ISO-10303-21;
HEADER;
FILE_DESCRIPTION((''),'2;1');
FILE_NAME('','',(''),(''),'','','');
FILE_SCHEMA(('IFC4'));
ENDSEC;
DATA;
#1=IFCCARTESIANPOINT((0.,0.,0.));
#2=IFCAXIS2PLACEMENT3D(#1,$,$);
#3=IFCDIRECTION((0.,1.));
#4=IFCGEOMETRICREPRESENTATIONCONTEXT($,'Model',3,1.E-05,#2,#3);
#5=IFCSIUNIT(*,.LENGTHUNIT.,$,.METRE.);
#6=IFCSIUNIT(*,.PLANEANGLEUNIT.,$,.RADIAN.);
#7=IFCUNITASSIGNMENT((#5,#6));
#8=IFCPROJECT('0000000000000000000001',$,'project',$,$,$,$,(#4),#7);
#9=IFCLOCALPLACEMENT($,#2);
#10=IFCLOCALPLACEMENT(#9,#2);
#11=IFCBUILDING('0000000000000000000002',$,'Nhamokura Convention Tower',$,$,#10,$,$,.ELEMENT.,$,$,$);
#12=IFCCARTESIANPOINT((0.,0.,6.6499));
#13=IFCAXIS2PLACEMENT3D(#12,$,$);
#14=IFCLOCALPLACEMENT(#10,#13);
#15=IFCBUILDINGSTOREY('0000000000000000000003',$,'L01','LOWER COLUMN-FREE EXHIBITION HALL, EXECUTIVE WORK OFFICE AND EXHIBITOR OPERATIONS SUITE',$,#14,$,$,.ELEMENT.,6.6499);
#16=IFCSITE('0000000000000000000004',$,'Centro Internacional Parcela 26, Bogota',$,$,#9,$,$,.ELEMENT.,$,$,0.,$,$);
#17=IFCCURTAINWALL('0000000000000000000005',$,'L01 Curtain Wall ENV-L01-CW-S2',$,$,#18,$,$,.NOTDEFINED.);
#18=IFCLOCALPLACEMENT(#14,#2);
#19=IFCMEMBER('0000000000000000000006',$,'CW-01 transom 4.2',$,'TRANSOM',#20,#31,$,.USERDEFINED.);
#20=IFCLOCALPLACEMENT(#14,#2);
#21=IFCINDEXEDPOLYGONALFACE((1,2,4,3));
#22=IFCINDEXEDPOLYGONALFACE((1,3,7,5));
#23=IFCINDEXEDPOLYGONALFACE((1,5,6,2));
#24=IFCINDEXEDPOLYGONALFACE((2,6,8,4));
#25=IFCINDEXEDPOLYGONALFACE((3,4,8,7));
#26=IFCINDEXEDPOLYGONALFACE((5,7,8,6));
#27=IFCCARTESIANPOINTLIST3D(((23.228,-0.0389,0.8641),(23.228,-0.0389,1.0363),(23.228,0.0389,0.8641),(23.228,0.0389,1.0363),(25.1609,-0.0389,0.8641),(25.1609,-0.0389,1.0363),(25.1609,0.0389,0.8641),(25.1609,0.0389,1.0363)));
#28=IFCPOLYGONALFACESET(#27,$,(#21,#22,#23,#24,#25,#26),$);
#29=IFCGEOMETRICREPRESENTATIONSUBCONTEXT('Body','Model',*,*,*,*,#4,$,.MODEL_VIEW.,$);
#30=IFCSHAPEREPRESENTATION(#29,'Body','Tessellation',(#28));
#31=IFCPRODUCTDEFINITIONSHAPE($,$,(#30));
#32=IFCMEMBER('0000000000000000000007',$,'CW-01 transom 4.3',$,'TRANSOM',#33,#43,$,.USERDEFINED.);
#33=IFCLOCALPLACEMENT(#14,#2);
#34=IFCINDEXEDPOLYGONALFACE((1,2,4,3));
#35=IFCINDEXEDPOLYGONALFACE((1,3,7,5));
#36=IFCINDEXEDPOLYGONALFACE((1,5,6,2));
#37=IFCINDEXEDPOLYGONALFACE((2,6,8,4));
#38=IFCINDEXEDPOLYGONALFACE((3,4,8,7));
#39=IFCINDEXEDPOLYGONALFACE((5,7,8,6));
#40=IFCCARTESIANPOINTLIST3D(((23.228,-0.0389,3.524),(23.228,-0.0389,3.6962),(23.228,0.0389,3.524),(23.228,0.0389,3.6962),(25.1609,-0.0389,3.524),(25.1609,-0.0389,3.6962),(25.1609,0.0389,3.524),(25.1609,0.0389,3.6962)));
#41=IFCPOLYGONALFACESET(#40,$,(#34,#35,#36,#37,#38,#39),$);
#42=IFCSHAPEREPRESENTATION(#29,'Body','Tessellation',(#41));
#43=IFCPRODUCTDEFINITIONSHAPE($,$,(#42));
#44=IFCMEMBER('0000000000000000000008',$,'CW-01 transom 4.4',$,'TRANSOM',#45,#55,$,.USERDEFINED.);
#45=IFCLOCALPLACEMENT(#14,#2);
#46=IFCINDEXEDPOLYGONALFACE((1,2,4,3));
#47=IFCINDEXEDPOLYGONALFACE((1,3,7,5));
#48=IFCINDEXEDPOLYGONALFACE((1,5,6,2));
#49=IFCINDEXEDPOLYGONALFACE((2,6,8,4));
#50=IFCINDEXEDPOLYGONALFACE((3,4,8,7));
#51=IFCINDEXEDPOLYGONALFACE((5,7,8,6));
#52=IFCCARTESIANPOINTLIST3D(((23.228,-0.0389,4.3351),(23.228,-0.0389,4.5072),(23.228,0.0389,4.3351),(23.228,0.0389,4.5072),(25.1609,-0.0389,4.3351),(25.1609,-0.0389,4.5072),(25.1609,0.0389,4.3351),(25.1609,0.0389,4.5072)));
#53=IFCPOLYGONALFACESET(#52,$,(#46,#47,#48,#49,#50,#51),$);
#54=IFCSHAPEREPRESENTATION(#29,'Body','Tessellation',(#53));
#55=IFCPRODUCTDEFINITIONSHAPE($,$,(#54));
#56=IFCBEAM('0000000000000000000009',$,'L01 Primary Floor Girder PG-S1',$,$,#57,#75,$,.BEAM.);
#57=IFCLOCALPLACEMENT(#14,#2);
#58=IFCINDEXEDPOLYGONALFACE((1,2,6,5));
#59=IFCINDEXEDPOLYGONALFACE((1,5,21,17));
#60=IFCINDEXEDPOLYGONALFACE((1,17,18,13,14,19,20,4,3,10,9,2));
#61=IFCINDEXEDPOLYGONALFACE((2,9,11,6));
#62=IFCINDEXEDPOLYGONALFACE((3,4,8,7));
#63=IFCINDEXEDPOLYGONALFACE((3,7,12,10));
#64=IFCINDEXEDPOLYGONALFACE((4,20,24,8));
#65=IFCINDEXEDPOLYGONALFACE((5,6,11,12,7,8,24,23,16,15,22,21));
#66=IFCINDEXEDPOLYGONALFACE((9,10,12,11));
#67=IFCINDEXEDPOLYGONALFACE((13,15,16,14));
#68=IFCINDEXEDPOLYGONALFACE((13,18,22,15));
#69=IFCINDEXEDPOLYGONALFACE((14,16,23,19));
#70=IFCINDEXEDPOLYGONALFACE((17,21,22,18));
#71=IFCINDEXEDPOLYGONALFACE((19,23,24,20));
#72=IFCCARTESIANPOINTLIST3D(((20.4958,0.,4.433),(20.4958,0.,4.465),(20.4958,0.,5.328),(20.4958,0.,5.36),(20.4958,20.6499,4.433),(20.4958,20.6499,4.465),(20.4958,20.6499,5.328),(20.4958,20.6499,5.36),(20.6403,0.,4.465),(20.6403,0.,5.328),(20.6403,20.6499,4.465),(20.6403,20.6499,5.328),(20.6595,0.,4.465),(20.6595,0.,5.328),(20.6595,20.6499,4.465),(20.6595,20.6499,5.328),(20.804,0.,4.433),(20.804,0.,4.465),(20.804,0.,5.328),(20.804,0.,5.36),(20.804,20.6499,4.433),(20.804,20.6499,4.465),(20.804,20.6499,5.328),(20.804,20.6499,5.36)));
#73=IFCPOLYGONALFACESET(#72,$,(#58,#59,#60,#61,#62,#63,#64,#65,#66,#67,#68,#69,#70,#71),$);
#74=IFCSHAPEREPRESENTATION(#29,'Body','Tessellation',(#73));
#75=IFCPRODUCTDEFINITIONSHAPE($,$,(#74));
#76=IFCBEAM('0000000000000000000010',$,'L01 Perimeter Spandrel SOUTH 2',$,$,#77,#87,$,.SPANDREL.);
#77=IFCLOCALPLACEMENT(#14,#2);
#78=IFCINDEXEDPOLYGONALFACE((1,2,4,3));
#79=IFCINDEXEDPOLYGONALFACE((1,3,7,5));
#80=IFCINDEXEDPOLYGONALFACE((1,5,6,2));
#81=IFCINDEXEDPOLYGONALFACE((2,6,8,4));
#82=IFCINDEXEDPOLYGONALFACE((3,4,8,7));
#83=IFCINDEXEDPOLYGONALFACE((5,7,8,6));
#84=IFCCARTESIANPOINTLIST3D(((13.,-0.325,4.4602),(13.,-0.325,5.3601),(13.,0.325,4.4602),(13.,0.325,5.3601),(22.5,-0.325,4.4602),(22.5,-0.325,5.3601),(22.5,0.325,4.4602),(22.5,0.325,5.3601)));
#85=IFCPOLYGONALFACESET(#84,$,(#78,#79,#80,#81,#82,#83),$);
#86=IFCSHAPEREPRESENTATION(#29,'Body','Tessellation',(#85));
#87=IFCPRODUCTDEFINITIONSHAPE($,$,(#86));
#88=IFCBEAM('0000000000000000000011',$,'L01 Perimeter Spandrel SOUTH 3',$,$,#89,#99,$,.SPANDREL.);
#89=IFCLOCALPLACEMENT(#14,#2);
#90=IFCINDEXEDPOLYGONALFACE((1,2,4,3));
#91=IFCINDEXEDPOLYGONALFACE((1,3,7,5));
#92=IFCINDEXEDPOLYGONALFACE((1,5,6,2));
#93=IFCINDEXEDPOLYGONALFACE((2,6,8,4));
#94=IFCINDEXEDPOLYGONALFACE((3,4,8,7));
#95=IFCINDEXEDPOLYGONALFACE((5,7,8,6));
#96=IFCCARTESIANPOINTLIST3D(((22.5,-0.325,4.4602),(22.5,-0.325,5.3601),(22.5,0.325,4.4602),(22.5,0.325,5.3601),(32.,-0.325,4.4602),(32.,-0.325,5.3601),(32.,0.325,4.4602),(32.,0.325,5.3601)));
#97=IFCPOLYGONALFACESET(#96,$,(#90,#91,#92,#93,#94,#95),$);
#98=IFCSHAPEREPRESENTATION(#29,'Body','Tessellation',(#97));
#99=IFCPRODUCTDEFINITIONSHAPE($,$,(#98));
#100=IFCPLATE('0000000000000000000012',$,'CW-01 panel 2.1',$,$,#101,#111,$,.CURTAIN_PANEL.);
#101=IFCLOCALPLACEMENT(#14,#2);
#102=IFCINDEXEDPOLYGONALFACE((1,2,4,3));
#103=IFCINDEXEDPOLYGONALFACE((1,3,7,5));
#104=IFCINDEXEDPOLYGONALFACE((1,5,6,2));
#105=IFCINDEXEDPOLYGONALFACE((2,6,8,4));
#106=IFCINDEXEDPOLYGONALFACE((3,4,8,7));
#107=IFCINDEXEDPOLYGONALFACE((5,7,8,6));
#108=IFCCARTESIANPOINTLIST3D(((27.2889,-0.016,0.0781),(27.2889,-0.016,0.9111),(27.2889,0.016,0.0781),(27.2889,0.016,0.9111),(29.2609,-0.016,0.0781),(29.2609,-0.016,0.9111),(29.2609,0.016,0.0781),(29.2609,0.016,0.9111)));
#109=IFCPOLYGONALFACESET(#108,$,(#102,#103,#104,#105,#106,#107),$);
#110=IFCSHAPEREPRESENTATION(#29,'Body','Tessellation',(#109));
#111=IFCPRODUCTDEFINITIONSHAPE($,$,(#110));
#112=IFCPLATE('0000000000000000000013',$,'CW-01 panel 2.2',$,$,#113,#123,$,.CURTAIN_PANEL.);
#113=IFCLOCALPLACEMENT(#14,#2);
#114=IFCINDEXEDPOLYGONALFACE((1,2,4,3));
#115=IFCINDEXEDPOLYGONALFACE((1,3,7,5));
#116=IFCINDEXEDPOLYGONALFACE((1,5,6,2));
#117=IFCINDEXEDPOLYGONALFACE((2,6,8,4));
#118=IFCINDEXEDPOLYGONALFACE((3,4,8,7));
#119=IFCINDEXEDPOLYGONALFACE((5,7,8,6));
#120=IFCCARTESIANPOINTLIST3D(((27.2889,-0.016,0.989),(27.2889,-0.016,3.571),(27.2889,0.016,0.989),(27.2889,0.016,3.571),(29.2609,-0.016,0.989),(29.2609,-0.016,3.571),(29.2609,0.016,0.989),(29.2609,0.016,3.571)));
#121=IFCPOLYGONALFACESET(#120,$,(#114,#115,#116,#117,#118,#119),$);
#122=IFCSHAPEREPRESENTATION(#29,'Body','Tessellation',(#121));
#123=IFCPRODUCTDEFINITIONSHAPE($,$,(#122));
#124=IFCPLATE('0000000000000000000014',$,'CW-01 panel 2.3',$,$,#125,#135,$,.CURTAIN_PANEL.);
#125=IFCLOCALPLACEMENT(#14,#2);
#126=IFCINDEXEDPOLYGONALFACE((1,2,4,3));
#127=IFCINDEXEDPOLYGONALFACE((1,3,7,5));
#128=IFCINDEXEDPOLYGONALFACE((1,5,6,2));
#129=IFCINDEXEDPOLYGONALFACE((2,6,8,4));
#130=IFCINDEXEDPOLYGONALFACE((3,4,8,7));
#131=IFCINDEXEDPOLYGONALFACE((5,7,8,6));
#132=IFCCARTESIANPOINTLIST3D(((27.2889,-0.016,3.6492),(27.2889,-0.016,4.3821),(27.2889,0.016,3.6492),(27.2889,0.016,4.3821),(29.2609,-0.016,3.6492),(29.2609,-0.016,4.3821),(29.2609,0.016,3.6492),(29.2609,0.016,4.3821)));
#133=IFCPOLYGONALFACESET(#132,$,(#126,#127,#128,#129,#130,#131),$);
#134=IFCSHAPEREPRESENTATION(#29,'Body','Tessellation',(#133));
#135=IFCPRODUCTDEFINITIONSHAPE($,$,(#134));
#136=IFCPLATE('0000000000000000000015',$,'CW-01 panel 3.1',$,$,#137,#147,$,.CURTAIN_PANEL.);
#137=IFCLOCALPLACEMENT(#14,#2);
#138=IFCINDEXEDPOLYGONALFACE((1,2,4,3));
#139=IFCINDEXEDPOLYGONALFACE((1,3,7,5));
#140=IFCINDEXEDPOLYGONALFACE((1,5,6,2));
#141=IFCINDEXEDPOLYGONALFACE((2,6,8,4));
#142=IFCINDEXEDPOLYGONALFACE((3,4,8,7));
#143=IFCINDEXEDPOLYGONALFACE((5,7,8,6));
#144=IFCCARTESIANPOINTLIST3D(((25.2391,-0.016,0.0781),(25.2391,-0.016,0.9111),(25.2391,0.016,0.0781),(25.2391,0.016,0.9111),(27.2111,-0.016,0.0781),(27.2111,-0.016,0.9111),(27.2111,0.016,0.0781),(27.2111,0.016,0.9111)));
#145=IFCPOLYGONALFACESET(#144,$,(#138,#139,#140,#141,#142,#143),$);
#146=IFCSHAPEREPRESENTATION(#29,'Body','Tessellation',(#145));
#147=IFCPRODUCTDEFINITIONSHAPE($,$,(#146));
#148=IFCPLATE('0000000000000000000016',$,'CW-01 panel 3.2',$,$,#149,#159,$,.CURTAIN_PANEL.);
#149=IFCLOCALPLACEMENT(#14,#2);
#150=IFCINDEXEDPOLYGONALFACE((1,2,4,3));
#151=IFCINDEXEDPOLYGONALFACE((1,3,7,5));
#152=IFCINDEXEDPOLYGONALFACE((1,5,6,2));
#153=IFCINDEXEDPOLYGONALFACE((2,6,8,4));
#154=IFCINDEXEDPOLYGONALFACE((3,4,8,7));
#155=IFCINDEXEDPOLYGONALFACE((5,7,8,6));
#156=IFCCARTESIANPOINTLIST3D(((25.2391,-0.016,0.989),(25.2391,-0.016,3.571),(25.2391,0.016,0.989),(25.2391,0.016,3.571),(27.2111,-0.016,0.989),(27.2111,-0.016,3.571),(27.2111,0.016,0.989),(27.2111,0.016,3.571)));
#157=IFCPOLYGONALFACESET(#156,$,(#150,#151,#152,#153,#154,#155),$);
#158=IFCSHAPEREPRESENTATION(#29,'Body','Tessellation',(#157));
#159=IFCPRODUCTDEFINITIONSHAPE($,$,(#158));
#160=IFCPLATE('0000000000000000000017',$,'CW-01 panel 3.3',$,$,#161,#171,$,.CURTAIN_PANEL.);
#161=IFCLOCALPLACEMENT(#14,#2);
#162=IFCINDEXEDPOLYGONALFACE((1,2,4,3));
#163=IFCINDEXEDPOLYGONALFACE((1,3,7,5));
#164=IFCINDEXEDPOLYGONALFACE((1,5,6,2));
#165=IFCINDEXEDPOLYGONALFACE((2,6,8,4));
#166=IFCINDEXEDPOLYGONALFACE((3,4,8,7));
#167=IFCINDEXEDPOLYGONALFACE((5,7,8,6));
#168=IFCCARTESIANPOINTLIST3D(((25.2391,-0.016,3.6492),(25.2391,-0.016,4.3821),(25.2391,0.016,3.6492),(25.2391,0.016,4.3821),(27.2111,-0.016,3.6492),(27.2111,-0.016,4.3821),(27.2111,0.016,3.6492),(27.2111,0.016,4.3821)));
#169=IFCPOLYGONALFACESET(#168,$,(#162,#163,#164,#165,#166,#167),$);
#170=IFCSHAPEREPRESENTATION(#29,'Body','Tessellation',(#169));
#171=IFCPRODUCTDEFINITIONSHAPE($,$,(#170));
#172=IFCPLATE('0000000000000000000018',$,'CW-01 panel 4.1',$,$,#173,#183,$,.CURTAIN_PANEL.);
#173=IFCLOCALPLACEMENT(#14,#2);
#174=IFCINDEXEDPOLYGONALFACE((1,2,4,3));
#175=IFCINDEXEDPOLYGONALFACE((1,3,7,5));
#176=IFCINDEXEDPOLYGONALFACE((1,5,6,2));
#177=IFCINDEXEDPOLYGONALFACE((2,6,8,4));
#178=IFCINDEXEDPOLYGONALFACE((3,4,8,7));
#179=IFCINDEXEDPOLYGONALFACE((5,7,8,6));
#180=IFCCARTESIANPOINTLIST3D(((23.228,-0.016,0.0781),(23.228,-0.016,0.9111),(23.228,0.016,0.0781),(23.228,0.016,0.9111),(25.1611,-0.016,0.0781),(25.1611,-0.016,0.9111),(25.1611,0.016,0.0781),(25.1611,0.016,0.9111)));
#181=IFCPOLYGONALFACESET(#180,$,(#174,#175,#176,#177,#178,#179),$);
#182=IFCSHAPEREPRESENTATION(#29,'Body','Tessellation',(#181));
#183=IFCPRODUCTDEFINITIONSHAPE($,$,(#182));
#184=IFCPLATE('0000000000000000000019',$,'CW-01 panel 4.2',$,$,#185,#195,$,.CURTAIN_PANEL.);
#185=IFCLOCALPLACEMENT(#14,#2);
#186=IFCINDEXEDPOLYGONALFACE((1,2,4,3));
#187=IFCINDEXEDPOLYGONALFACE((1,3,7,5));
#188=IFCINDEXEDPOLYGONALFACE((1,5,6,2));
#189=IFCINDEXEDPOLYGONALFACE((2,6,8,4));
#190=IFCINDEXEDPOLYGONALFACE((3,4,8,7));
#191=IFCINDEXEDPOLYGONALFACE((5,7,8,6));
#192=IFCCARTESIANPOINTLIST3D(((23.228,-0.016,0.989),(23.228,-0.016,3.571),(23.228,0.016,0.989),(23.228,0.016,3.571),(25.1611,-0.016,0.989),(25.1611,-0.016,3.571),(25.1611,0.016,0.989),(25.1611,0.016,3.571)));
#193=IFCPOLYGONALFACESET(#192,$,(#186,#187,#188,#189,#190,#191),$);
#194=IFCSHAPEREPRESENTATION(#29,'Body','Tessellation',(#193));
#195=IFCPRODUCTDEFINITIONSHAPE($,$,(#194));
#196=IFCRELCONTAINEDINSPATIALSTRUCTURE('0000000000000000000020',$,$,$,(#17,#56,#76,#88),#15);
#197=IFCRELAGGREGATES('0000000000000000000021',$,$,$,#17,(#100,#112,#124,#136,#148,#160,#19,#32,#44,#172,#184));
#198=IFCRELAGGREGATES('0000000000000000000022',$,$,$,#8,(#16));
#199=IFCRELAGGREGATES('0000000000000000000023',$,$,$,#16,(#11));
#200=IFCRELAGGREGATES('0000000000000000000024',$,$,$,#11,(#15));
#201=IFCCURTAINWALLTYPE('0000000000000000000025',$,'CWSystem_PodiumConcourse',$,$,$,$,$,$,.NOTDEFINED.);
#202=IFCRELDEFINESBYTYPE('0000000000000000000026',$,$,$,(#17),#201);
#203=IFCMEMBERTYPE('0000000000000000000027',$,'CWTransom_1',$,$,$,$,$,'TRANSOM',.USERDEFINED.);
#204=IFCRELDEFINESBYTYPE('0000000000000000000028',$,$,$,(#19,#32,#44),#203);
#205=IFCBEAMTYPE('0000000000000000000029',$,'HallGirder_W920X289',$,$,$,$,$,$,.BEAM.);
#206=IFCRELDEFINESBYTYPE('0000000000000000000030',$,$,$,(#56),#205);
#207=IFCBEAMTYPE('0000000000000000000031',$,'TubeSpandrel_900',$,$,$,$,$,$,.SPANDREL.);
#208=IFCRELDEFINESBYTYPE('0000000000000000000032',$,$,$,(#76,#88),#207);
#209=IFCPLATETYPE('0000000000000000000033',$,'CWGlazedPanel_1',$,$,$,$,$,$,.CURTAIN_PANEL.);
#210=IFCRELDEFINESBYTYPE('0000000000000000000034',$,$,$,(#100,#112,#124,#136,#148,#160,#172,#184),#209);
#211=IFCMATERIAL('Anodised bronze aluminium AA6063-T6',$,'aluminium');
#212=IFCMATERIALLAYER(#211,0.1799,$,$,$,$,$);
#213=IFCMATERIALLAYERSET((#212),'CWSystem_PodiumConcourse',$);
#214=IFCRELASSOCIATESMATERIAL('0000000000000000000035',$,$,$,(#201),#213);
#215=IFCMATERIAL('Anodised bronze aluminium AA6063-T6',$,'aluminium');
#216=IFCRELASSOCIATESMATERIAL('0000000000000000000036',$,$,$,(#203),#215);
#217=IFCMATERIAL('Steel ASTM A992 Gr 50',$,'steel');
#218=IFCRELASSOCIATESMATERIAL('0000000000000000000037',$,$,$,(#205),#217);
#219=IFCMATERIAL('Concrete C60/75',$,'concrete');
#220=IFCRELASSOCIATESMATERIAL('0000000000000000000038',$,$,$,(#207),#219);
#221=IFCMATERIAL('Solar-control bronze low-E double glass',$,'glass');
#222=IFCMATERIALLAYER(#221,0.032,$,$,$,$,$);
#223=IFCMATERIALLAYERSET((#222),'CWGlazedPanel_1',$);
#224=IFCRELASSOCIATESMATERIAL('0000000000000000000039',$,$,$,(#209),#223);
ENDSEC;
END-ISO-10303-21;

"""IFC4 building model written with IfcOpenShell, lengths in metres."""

from ifc_helpers import new_model, si_unit, direction, frame, origin, origin_2d, place, context, subcontext, project, spatial, rectangle, i_section, extrude, material, layer, layer_set, material_profile, profile_set, type_object, element, aggregate, save


model = new_model("IFC4")

# Units and contexts
model_context = context("Model", 3, precision=1e-05, world=origin(), true_north=direction((0.0, 1.0)))
body_context = subcontext(model_context, "Body", "Model", "MODEL_VIEW")
ifc_project = project(units=[si_unit("LENGTHUNIT", "METRE"), si_unit("PLANEANGLEUNIT", "RADIAN")], contexts=[model_context])

# Site, building, storey
site_placement = place(None, origin())
site = spatial("IfcSite", under=ifc_project, at=site_placement, Name="Centro Internacional Parcela 26, Bogota", CompositionType="ELEMENT", RefElevation=0.0)
building_placement = place(site_placement, origin())
building = spatial("IfcBuilding", under=site, at=building_placement, Name="Nhamokura Convention Tower", CompositionType="ELEMENT")
storey_placement = place(building_placement, frame((0.0, 0.0, 6.6499)))
storey = spatial("IfcBuildingStorey", under=building, at=storey_placement, Name="L01", Description="LOWER COLUMN-FREE EXHIBITION HALL, EXECUTIVE WORK OFFICE AND EXHIBITOR OPERATIONS SUITE", CompositionType="ELEMENT", Elevation=6.6499)

# Curtain wall, members
ifc_material_1 = material(Name="Anodised bronze aluminium AA6063-T6", Category="aluminium")
ifc_layer_1 = layer(ifc_material_1, 0.1799)
ifc_layer_set_1 = layer_set([ifc_layer_1], Name="CWSystem_PodiumConcourse")
curtain_wall_type = type_object("IfcCurtainWallType", Name="CWSystem_PodiumConcourse", PredefinedType="NOTDEFINED", material=ifc_layer_set_1)
curtain_wall_placement = place(storey_placement, origin())
curtain_wall = element("IfcCurtainWall", 1, at=curtain_wall_placement, inside=storey, type_object=curtain_wall_type, Name="L01 Curtain Wall ENV-L01-CW-S2", PredefinedType="NOTDEFINED")
ifc_material_2 = material(Name="Anodised bronze aluminium AA6063-T6", Category="aluminium")
ifc_material_profile_1 = material_profile(ifc_material_2, rectangle(XDim=0.0779, YDim=0.1721, at=origin_2d()))
ifc_profile_set_1 = profile_set([ifc_material_profile_1], Name="Anodised bronze aluminium AA6063-T6")
member_type_1 = type_object("IfcMemberType", Name="CWTransom_1", ElementType="TRANSOM", PredefinedType="USERDEFINED", material=ifc_profile_set_1)
member_1_placement = place(storey_placement, frame((25.1609, 0.0, 0.9502), z_axis=(-1.0, 0.0, 0.0), x_axis=(0.0, -1.0, 0.0)))
member_1 = element("IfcMember", 2, at=member_1_placement, type_object=member_type_1, Name="CW-01 transom 4.2", ObjectType="TRANSOM", PredefinedType="USERDEFINED", context=body_context, shape_type="SweptSolid", body=[
    extrude(rectangle(XDim=0.0779, YDim=0.1721, at=origin_2d()), origin(), (0.0, 0.0, 1.0), 1.9329),
])
member_2_placement = place(storey_placement, frame((25.1609, 0.0, 3.6101), z_axis=(-1.0, 0.0, 0.0), x_axis=(0.0, -1.0, 0.0)))
member_2 = element("IfcMember", 3, at=member_2_placement, type_object=member_type_1, Name="CW-01 transom 4.3", ObjectType="TRANSOM", PredefinedType="USERDEFINED", context=body_context, shape_type="SweptSolid", body=[
    extrude(rectangle(XDim=0.0779, YDim=0.1721, at=origin_2d()), origin(), (0.0, 0.0, 1.0), 1.9329),
])
member_3_placement = place(storey_placement, frame((25.1609, 0.0, 4.4211), z_axis=(-1.0, 0.0, 0.0), x_axis=(0.0, -1.0, 0.0)))
member_3 = element("IfcMember", 4, at=member_3_placement, type_object=member_type_1, Name="CW-01 transom 4.4", ObjectType="TRANSOM", PredefinedType="USERDEFINED", context=body_context, shape_type="SweptSolid", body=[
    extrude(rectangle(XDim=0.0779, YDim=0.1721, at=origin_2d()), origin(), (0.0, 0.0, 1.0), 1.9329),
])

# Beams
ifc_material_3 = material(Name="Steel ASTM A992 Gr 50", Category="steel")
ifc_material_profile_2 = material_profile(ifc_material_3, i_section(OverallWidth=0.3081, OverallDepth=0.927, WebThickness=0.0193, FlangeThickness=0.032, at=origin_2d()))
ifc_profile_set_2 = profile_set([ifc_material_profile_2], Name="Steel ASTM A992 Gr 50")
beam_type_1 = type_object("IfcBeamType", Name="HallGirder_W920X289", PredefinedType="BEAM", material=ifc_profile_set_2)
beam_placement = place(storey_placement, frame((20.6499, 0.0, 4.8965), z_axis=(0.0, 1.0, 0.0), x_axis=(-1.0, 0.0, 0.0)))
element("IfcBeam", 5, at=beam_placement, inside=storey, type_object=beam_type_1, Name="L01 Primary Floor Girder PG-S1", PredefinedType="BEAM", context=body_context, shape_type="SweptSolid", body=[
    extrude(i_section(OverallWidth=0.3081, OverallDepth=0.927, WebThickness=0.0193, FlangeThickness=0.032, at=origin_2d()), origin(), (0.0, 0.0, 1.0), 20.6499),
])
ifc_material_4 = material(Name="Concrete C60/75", Category="concrete")
ifc_material_profile_3 = material_profile(ifc_material_4, rectangle(XDim=0.6499, YDim=0.8999, at=origin_2d()))
ifc_profile_set_3 = profile_set([ifc_material_profile_3], Name="Concrete C60/75")
beam_type_2 = type_object("IfcBeamType", Name="TubeSpandrel_900", PredefinedType="SPANDREL", material=ifc_profile_set_3)
for number, where, z_axis, x_axis, name in (
    (6, (13.0, 0.0, 4.9102), (1.0, 0.0, 0.0), (0.0, 1.0, 0.0), "L01 Perimeter Spandrel SOUTH 2"),
    (7, (22.5, 0.0, 4.9102), (1.0, 0.0, 0.0), (0.0, 1.0, 0.0), "L01 Perimeter Spandrel SOUTH 3"),
):
    element("IfcBeam", number, at=place(storey_placement, frame(where, z_axis=z_axis, x_axis=x_axis)), inside=storey, type_object=beam_type_2, Name=name, PredefinedType="SPANDREL", context=body_context, shape_type="SweptSolid", body=[
        extrude(rectangle(XDim=0.6499, YDim=0.8999, at=origin_2d()), origin(), (0.0, 0.0, 1.0), 9.5),
    ])

# Plates
ifc_material_5 = material(Name="Solar-control bronze low-E double glass", Category="glass")
ifc_layer_2 = layer(ifc_material_5, 0.032)
ifc_layer_set_2 = layer_set([ifc_layer_2], Name="CWGlazedPanel_1")
plate_type = type_object("IfcPlateType", Name="CWGlazedPanel_1", PredefinedType="CURTAIN_PANEL", material=ifc_layer_set_2)
plate_1_placement = place(storey_placement, frame((28.2749, 0.0, 0.0781), z_axis=(0.0, 0.0, 1.0), x_axis=(-1.0, 0.0, 0.0)))
plate_1 = element("IfcPlate", 8, at=plate_1_placement, type_object=plate_type, Name="CW-01 panel 2.1", PredefinedType="CURTAIN_PANEL", context=body_context, shape_type="SweptSolid", body=[
    extrude(rectangle(XDim=1.9719, YDim=0.032, at=origin_2d()), origin(), (0.0, 0.0, 1.0), 0.833),
])
plate_2_placement = place(storey_placement, frame((28.2749, 0.0, 0.989), z_axis=(0.0, 0.0, 1.0), x_axis=(-1.0, 0.0, 0.0)))
plate_2 = element("IfcPlate", 9, at=plate_2_placement, type_object=plate_type, Name="CW-01 panel 2.2", PredefinedType="CURTAIN_PANEL", context=body_context, shape_type="SweptSolid", body=[
    extrude(rectangle(XDim=1.9719, YDim=0.032, at=origin_2d()), origin(), (0.0, 0.0, 1.0), 2.582),
])
plate_3_placement = place(storey_placement, frame((28.2749, 0.0, 3.6492), z_axis=(0.0, 0.0, 1.0), x_axis=(-1.0, 0.0, 0.0)))
plate_3 = element("IfcPlate", 10, at=plate_3_placement, type_object=plate_type, Name="CW-01 panel 2.3", PredefinedType="CURTAIN_PANEL", context=body_context, shape_type="SweptSolid", body=[
    extrude(rectangle(XDim=1.9719, YDim=0.032, at=origin_2d()), origin(), (0.0, 0.0, 1.0), 0.7329),
])
plate_4_placement = place(storey_placement, frame((26.2251, 0.0, 0.0781), z_axis=(0.0, 0.0, 1.0), x_axis=(-1.0, 0.0, 0.0)))
plate_4 = element("IfcPlate", 11, at=plate_4_placement, type_object=plate_type, Name="CW-01 panel 3.1", PredefinedType="CURTAIN_PANEL", context=body_context, shape_type="SweptSolid", body=[
    extrude(rectangle(XDim=1.9719, YDim=0.032, at=origin_2d()), origin(), (0.0, 0.0, 1.0), 0.833),
])
plate_5_placement = place(storey_placement, frame((26.2251, 0.0, 0.989), z_axis=(0.0, 0.0, 1.0), x_axis=(-1.0, 0.0, 0.0)))
plate_5 = element("IfcPlate", 12, at=plate_5_placement, type_object=plate_type, Name="CW-01 panel 3.2", PredefinedType="CURTAIN_PANEL", context=body_context, shape_type="SweptSolid", body=[
    extrude(rectangle(XDim=1.9719, YDim=0.032, at=origin_2d()), origin(), (0.0, 0.0, 1.0), 2.582),
])
plate_6_placement = place(storey_placement, frame((26.2251, 0.0, 3.6492), z_axis=(0.0, 0.0, 1.0), x_axis=(-1.0, 0.0, 0.0)))
plate_6 = element("IfcPlate", 13, at=plate_6_placement, type_object=plate_type, Name="CW-01 panel 3.3", PredefinedType="CURTAIN_PANEL", context=body_context, shape_type="SweptSolid", body=[
    extrude(rectangle(XDim=1.9719, YDim=0.032, at=origin_2d()), origin(), (0.0, 0.0, 1.0), 0.7329),
])
plate_7_placement = place(storey_placement, frame((24.1946, 0.0, 0.0781), z_axis=(0.0, 0.0, 1.0), x_axis=(-1.0, 0.0, 0.0)))
plate_7 = element("IfcPlate", 14, at=plate_7_placement, type_object=plate_type, Name="CW-01 panel 4.1", PredefinedType="CURTAIN_PANEL", context=body_context, shape_type="SweptSolid", body=[
    extrude(rectangle(XDim=1.9331, YDim=0.032, at=origin_2d()), origin(), (0.0, 0.0, 1.0), 0.833),
])
plate_8_placement = place(storey_placement, frame((24.1946, 0.0, 0.989), z_axis=(0.0, 0.0, 1.0), x_axis=(-1.0, 0.0, 0.0)))
plate_8 = element("IfcPlate", 15, at=plate_8_placement, type_object=plate_type, Name="CW-01 panel 4.2", PredefinedType="CURTAIN_PANEL", context=body_context, shape_type="SweptSolid", body=[
    extrude(rectangle(XDim=1.9331, YDim=0.032, at=origin_2d()), origin(), (0.0, 0.0, 1.0), 2.582),
])
aggregate(curtain_wall, [plate_1, plate_2, plate_3, plate_4, plate_5, plate_6, member_1, member_2, member_3, plate_7, plate_8])

save(model, "model.ifc")
